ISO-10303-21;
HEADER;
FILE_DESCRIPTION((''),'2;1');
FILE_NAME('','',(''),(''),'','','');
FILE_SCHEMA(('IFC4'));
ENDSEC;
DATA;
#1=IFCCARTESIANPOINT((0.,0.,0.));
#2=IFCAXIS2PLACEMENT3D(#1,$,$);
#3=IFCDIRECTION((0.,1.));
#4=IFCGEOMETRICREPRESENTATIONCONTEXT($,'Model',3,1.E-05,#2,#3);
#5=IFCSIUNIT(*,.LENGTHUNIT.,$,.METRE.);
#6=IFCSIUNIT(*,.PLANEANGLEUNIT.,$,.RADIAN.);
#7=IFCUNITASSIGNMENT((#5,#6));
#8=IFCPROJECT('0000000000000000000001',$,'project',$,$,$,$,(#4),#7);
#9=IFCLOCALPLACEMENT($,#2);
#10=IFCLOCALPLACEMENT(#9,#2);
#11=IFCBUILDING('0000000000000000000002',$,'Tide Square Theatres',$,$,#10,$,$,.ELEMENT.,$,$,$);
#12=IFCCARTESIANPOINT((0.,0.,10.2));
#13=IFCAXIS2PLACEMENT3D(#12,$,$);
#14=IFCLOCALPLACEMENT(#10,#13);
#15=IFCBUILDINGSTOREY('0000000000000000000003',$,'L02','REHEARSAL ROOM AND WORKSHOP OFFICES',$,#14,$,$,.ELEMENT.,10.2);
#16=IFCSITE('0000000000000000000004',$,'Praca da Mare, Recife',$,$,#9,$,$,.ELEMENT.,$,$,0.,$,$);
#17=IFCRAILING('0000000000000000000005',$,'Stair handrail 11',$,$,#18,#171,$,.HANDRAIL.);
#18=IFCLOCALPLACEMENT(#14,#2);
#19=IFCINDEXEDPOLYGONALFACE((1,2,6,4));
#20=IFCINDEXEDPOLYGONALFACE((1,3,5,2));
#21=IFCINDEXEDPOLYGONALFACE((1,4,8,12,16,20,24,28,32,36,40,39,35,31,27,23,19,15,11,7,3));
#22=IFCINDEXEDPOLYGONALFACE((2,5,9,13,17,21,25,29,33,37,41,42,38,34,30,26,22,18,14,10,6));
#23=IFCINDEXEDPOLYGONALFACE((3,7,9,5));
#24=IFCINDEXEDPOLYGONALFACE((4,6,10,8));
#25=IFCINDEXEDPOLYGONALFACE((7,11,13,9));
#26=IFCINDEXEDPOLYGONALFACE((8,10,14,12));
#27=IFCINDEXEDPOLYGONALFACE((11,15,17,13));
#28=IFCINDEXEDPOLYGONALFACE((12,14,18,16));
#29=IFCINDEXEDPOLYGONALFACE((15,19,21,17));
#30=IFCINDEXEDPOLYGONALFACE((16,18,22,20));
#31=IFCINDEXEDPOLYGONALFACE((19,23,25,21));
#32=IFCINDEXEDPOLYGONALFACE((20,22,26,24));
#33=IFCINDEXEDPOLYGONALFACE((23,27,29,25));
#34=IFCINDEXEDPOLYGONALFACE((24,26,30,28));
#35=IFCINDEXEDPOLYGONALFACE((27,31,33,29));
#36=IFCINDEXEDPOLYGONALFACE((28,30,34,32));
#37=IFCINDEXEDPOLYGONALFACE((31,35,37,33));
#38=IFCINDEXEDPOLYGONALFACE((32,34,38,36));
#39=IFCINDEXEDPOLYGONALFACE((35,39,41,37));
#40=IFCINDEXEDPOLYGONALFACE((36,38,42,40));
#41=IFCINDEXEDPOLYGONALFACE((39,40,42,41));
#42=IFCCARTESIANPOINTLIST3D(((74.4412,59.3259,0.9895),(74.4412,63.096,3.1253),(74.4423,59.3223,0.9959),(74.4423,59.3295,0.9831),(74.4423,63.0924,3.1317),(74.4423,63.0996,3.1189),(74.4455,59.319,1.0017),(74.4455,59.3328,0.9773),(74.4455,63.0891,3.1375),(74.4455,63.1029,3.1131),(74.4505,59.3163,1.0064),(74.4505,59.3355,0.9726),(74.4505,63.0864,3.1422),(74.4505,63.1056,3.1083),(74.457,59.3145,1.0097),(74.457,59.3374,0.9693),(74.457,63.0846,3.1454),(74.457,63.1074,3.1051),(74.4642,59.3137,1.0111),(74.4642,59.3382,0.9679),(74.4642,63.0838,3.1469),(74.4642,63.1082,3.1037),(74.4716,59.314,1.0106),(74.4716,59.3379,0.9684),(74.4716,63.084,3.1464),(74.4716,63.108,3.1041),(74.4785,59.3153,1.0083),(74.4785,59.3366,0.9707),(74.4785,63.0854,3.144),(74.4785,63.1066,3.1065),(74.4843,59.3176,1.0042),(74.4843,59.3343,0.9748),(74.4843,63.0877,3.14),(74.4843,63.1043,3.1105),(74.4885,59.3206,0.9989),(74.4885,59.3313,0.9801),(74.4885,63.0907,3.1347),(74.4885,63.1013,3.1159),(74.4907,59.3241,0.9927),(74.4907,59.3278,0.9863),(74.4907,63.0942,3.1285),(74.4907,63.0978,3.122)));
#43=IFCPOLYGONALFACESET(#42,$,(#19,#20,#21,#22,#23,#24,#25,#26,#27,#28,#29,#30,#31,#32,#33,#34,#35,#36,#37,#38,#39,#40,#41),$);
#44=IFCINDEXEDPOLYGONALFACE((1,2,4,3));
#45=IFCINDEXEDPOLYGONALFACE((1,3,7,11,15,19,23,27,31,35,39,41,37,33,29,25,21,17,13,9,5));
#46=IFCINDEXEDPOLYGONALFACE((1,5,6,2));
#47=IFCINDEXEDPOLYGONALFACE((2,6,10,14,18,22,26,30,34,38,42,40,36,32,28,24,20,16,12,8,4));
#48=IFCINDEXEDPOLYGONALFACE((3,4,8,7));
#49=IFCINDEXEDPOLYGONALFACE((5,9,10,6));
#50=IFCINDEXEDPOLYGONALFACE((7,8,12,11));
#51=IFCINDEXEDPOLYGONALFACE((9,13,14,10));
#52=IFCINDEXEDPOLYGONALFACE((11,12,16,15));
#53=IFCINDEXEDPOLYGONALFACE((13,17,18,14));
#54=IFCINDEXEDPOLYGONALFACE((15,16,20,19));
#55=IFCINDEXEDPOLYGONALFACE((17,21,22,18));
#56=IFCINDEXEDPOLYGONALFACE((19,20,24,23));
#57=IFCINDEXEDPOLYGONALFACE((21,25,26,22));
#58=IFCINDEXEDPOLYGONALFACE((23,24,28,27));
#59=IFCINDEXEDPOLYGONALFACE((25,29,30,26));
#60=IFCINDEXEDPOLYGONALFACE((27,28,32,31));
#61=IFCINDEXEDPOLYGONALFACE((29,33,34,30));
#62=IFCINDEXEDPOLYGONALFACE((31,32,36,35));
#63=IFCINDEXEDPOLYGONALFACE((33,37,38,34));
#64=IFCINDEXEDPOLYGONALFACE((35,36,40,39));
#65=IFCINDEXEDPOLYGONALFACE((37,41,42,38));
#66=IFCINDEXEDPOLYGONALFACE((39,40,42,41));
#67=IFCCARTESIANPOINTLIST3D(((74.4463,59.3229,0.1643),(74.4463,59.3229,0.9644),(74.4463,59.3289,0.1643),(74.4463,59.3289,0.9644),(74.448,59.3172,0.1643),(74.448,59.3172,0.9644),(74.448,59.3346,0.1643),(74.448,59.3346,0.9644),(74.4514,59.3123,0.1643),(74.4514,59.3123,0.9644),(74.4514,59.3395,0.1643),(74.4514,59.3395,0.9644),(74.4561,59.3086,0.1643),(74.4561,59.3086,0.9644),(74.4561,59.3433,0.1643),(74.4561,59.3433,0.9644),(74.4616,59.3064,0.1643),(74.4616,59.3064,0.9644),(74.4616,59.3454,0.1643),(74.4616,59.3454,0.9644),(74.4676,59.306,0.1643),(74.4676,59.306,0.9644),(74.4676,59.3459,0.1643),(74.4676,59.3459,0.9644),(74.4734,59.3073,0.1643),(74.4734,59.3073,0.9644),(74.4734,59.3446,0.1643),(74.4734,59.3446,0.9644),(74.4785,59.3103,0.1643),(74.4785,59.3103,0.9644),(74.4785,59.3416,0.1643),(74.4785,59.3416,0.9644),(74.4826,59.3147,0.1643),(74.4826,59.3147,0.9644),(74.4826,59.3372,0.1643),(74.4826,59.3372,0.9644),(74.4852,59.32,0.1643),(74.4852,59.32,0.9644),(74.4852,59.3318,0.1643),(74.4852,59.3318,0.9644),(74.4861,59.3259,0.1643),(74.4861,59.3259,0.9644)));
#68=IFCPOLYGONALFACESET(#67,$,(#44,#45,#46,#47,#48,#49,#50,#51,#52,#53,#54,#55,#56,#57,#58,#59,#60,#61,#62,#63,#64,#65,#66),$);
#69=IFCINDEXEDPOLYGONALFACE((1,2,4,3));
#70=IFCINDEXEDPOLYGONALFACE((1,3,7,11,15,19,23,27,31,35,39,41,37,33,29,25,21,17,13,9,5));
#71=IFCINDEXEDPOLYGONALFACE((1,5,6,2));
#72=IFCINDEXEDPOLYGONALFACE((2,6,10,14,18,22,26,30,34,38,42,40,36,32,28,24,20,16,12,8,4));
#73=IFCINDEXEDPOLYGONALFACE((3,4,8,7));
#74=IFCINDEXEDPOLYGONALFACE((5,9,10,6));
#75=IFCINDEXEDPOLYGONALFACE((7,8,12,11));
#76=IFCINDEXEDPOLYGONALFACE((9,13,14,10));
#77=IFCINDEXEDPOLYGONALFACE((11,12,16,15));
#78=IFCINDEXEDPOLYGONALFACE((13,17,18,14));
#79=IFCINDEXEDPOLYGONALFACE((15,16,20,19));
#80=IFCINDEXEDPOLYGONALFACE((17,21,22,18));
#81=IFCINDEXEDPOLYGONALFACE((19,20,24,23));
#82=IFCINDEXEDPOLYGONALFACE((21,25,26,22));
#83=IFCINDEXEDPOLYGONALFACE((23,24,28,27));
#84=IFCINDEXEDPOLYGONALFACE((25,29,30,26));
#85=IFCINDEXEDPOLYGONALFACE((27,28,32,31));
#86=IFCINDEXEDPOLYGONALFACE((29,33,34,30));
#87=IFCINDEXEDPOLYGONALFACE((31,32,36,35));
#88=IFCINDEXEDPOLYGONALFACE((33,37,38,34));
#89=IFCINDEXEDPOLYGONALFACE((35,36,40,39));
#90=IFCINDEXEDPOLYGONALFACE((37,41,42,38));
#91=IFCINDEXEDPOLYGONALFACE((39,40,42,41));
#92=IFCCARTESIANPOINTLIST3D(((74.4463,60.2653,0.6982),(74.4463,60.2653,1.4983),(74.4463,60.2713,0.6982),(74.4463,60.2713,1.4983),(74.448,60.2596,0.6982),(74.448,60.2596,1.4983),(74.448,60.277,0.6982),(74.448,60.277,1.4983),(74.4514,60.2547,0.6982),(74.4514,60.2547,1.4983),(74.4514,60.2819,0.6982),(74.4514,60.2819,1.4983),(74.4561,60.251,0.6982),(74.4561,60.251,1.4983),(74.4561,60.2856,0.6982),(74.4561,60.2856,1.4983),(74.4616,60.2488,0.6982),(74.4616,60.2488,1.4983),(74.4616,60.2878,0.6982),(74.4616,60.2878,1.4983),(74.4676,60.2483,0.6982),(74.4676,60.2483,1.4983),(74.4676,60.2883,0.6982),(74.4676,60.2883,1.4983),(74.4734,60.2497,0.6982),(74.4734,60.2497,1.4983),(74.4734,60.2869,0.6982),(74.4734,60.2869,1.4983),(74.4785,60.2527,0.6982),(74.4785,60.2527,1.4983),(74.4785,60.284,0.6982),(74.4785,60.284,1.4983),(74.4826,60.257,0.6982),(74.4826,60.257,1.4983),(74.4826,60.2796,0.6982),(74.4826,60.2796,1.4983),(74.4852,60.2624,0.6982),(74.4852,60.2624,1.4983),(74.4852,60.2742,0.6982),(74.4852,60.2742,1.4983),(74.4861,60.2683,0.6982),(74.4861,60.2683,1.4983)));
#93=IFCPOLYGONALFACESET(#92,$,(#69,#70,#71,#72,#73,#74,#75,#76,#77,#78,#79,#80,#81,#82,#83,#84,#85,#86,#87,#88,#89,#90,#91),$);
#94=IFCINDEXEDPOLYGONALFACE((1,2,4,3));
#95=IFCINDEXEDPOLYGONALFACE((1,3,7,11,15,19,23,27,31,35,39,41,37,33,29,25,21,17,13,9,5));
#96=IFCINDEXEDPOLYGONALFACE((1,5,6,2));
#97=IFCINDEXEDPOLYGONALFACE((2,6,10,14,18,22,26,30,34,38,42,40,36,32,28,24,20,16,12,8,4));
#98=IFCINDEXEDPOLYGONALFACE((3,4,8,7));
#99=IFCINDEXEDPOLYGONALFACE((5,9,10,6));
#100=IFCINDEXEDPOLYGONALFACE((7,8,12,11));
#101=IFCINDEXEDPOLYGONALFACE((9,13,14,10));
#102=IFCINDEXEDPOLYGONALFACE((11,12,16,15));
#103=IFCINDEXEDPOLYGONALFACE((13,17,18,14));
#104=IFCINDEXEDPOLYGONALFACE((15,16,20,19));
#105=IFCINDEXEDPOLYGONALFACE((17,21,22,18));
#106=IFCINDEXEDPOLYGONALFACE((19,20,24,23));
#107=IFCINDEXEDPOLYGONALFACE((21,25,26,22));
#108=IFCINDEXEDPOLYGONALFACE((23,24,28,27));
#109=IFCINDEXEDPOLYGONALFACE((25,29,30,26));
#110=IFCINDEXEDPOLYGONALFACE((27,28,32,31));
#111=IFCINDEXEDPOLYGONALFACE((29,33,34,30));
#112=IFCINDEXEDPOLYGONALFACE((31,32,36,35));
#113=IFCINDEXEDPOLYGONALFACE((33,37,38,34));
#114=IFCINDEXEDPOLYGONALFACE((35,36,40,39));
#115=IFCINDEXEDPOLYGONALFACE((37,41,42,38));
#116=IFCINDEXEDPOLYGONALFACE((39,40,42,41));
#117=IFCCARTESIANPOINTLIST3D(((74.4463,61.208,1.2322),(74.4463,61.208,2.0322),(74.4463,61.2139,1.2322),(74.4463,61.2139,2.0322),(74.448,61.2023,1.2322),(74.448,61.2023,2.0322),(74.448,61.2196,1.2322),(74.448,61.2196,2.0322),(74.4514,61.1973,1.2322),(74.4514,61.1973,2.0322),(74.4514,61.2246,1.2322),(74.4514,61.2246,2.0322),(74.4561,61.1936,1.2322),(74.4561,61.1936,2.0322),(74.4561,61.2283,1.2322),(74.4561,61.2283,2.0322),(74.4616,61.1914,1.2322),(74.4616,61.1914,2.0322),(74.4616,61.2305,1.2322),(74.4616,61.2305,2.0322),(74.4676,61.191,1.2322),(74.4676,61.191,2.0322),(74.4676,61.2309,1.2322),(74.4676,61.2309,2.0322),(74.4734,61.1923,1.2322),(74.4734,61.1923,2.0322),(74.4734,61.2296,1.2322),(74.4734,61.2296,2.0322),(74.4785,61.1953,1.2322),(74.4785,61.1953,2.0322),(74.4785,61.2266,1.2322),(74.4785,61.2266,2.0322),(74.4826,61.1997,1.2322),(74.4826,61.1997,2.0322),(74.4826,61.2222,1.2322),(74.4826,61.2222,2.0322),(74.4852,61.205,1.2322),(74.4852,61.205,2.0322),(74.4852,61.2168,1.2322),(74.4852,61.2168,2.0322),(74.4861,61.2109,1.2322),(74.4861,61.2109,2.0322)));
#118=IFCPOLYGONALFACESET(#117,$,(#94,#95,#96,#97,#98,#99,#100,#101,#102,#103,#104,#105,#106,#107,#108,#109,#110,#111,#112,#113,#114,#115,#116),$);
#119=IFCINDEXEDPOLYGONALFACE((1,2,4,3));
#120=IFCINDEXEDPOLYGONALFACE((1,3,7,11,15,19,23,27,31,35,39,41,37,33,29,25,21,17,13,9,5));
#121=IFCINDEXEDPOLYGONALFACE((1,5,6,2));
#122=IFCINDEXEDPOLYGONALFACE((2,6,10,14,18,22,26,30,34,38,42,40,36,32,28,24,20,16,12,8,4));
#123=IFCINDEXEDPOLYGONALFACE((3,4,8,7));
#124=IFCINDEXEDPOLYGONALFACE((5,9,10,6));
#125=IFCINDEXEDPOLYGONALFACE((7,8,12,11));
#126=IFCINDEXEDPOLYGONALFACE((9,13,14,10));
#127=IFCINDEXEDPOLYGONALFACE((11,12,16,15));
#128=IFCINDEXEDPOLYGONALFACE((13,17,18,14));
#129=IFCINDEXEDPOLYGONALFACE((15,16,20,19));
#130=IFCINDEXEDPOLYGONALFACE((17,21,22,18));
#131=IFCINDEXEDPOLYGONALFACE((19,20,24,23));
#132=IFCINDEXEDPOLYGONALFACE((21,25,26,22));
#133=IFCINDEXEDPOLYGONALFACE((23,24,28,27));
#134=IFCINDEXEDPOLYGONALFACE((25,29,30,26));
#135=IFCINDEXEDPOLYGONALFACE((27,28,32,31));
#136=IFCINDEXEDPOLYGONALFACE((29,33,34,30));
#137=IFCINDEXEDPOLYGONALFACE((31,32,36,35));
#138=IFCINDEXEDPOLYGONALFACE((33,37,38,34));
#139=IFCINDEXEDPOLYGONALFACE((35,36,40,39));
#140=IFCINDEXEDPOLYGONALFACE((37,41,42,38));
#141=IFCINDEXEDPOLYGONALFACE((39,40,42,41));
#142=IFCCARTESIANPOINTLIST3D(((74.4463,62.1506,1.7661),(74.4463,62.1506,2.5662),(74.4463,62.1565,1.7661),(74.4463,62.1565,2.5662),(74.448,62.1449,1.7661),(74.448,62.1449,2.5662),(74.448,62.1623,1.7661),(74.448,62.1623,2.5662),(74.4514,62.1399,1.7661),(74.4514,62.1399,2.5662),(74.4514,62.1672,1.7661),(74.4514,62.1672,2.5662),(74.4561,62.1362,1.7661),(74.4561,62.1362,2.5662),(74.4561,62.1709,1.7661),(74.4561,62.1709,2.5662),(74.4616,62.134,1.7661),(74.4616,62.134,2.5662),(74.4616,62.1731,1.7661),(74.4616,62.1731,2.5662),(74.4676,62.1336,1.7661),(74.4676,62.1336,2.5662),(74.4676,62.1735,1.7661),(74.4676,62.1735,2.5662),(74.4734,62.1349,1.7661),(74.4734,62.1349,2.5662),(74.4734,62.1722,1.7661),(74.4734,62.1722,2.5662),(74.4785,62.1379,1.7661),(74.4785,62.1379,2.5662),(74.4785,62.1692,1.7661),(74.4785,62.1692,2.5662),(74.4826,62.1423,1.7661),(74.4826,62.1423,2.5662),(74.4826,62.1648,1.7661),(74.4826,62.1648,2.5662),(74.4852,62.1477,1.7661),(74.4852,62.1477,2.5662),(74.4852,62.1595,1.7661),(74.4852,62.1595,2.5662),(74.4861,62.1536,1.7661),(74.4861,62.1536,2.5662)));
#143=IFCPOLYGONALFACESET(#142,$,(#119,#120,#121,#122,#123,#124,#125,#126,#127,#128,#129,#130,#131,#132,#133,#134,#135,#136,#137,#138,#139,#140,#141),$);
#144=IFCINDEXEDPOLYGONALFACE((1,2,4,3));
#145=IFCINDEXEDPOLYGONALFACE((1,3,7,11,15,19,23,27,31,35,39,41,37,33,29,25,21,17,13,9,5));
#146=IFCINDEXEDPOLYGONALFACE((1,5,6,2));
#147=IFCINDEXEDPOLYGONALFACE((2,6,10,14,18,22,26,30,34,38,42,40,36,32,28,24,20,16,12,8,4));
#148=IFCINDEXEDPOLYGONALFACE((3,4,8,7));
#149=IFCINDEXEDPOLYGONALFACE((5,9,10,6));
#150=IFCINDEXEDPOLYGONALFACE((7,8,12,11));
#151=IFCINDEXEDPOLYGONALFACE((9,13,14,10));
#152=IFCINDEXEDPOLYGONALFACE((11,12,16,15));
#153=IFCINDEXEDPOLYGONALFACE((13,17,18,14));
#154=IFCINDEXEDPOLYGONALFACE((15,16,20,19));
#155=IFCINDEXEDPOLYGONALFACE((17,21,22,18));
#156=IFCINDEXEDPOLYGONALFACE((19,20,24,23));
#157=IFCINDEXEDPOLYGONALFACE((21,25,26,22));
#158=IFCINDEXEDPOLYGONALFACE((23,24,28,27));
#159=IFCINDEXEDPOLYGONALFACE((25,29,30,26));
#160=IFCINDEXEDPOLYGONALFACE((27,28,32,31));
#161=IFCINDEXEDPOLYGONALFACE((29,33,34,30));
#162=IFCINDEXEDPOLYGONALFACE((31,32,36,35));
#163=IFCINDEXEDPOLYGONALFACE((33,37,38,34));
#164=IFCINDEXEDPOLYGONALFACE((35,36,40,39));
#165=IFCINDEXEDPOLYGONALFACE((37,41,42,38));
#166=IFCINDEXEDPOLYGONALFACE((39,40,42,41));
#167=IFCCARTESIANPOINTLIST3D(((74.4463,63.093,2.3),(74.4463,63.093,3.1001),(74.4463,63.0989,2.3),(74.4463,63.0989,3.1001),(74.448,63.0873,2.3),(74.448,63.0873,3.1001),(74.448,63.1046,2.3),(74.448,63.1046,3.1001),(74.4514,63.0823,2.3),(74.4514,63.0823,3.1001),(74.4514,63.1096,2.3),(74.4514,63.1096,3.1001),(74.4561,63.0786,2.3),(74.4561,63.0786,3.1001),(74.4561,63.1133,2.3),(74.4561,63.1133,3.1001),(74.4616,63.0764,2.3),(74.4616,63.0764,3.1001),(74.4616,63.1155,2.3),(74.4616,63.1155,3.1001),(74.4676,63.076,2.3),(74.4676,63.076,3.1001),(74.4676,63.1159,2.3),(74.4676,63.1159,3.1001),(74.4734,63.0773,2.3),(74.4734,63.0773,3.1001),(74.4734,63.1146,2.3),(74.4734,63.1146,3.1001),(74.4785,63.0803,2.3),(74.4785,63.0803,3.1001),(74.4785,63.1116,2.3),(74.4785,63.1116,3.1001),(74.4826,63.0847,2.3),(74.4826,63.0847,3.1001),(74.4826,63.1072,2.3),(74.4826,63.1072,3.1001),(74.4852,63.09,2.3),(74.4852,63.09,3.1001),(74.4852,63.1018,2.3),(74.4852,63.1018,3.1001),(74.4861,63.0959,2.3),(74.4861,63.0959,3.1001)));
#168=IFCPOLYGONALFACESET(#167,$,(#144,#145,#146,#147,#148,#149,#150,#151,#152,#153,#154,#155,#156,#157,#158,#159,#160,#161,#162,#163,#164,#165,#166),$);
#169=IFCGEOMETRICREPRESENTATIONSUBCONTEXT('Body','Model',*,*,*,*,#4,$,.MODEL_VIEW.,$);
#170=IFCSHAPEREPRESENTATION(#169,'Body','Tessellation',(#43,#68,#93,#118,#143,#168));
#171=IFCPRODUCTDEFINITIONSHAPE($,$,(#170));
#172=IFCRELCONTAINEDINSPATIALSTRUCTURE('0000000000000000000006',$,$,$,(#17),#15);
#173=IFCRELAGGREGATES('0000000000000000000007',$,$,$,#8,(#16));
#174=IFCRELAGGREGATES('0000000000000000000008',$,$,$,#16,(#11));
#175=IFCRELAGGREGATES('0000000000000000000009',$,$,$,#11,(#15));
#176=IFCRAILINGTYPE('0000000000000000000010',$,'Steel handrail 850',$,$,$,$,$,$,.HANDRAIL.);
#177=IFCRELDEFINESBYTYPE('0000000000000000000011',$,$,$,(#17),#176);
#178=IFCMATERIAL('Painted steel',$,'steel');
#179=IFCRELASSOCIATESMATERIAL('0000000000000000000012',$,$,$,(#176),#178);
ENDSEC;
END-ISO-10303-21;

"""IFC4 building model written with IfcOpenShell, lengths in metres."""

from ifc_helpers import new_model, si_unit, direction, frame, origin, origin_2d, place, context, subcontext, project, spatial, circle, extrude, material, type_object, element, save


model = new_model("IFC4")

# Units and contexts
model_context = context("Model", 3, precision=1e-05, world=origin(), true_north=direction((0.0, 1.0)))
body_context = subcontext(model_context, "Body", "Model", "MODEL_VIEW")
ifc_project = project(units=[si_unit("LENGTHUNIT", "METRE"), si_unit("PLANEANGLEUNIT", "RADIAN")], contexts=[model_context])

# Site, building, storey
site_placement = place(None, origin())
site = spatial("IfcSite", under=ifc_project, at=site_placement, Name="Praca da Mare, Recife", CompositionType="ELEMENT", RefElevation=0.0)
building_placement = place(site_placement, origin())
building = spatial("IfcBuilding", under=site, at=building_placement, Name="Tide Square Theatres", CompositionType="ELEMENT")
storey_placement = place(building_placement, frame((0.0, 0.0, 10.2)))
storey = spatial("IfcBuildingStorey", under=building, at=storey_placement, Name="L02", Description="REHEARSAL ROOM AND WORKSHOP OFFICES", CompositionType="ELEMENT", Elevation=10.2)

# Railing
ifc_material_1 = material(Name="Painted steel", Category="steel")
railing_type_1 = type_object("IfcRailingType", Name="Steel handrail 850", PredefinedType="HANDRAIL", material=ifc_material_1)
for number, where, name in (
    (1, (74.4661, 59.3259, 0.1643), "Stair handrail 11"),
):
    element("IfcRailing", number, at=place(storey_placement, frame(where)), inside=storey, type_object=railing_type_1, Name=name, PredefinedType="HANDRAIL", context=body_context, shape_type="SweptSolid", body=[
        extrude(circle(Radius=0.0249, at=origin_2d()), frame((0.0, 0.0, 0.8252), z_axis=(0.0, 0.870082, 0.492907), x_axis=(-1.0, 0.0, 0.0)), (0.0, 0.0, 1.0), 4.333),
        extrude(circle(Radius=0.02, at=origin_2d()), origin(), (0.0, 0.0, 1.0), 0.8),
        extrude(circle(Radius=0.02, at=origin_2d()), frame((0.0, 0.9424, 0.5339)), (0.0, 0.0, 1.0), 0.8),
        extrude(circle(Radius=0.02, at=origin_2d()), frame((0.0, 1.885, 1.0679)), (0.0, 0.0, 1.0), 0.8),
        extrude(circle(Radius=0.02, at=origin_2d()), frame((0.0, 2.8276, 1.6018)), (0.0, 0.0, 1.0), 0.8),
        extrude(circle(Radius=0.02, at=origin_2d()), frame((0.0, 3.77, 2.1357)), (0.0, 0.0, 1.0), 0.8),
    ])

save(model, "model.ifc")
